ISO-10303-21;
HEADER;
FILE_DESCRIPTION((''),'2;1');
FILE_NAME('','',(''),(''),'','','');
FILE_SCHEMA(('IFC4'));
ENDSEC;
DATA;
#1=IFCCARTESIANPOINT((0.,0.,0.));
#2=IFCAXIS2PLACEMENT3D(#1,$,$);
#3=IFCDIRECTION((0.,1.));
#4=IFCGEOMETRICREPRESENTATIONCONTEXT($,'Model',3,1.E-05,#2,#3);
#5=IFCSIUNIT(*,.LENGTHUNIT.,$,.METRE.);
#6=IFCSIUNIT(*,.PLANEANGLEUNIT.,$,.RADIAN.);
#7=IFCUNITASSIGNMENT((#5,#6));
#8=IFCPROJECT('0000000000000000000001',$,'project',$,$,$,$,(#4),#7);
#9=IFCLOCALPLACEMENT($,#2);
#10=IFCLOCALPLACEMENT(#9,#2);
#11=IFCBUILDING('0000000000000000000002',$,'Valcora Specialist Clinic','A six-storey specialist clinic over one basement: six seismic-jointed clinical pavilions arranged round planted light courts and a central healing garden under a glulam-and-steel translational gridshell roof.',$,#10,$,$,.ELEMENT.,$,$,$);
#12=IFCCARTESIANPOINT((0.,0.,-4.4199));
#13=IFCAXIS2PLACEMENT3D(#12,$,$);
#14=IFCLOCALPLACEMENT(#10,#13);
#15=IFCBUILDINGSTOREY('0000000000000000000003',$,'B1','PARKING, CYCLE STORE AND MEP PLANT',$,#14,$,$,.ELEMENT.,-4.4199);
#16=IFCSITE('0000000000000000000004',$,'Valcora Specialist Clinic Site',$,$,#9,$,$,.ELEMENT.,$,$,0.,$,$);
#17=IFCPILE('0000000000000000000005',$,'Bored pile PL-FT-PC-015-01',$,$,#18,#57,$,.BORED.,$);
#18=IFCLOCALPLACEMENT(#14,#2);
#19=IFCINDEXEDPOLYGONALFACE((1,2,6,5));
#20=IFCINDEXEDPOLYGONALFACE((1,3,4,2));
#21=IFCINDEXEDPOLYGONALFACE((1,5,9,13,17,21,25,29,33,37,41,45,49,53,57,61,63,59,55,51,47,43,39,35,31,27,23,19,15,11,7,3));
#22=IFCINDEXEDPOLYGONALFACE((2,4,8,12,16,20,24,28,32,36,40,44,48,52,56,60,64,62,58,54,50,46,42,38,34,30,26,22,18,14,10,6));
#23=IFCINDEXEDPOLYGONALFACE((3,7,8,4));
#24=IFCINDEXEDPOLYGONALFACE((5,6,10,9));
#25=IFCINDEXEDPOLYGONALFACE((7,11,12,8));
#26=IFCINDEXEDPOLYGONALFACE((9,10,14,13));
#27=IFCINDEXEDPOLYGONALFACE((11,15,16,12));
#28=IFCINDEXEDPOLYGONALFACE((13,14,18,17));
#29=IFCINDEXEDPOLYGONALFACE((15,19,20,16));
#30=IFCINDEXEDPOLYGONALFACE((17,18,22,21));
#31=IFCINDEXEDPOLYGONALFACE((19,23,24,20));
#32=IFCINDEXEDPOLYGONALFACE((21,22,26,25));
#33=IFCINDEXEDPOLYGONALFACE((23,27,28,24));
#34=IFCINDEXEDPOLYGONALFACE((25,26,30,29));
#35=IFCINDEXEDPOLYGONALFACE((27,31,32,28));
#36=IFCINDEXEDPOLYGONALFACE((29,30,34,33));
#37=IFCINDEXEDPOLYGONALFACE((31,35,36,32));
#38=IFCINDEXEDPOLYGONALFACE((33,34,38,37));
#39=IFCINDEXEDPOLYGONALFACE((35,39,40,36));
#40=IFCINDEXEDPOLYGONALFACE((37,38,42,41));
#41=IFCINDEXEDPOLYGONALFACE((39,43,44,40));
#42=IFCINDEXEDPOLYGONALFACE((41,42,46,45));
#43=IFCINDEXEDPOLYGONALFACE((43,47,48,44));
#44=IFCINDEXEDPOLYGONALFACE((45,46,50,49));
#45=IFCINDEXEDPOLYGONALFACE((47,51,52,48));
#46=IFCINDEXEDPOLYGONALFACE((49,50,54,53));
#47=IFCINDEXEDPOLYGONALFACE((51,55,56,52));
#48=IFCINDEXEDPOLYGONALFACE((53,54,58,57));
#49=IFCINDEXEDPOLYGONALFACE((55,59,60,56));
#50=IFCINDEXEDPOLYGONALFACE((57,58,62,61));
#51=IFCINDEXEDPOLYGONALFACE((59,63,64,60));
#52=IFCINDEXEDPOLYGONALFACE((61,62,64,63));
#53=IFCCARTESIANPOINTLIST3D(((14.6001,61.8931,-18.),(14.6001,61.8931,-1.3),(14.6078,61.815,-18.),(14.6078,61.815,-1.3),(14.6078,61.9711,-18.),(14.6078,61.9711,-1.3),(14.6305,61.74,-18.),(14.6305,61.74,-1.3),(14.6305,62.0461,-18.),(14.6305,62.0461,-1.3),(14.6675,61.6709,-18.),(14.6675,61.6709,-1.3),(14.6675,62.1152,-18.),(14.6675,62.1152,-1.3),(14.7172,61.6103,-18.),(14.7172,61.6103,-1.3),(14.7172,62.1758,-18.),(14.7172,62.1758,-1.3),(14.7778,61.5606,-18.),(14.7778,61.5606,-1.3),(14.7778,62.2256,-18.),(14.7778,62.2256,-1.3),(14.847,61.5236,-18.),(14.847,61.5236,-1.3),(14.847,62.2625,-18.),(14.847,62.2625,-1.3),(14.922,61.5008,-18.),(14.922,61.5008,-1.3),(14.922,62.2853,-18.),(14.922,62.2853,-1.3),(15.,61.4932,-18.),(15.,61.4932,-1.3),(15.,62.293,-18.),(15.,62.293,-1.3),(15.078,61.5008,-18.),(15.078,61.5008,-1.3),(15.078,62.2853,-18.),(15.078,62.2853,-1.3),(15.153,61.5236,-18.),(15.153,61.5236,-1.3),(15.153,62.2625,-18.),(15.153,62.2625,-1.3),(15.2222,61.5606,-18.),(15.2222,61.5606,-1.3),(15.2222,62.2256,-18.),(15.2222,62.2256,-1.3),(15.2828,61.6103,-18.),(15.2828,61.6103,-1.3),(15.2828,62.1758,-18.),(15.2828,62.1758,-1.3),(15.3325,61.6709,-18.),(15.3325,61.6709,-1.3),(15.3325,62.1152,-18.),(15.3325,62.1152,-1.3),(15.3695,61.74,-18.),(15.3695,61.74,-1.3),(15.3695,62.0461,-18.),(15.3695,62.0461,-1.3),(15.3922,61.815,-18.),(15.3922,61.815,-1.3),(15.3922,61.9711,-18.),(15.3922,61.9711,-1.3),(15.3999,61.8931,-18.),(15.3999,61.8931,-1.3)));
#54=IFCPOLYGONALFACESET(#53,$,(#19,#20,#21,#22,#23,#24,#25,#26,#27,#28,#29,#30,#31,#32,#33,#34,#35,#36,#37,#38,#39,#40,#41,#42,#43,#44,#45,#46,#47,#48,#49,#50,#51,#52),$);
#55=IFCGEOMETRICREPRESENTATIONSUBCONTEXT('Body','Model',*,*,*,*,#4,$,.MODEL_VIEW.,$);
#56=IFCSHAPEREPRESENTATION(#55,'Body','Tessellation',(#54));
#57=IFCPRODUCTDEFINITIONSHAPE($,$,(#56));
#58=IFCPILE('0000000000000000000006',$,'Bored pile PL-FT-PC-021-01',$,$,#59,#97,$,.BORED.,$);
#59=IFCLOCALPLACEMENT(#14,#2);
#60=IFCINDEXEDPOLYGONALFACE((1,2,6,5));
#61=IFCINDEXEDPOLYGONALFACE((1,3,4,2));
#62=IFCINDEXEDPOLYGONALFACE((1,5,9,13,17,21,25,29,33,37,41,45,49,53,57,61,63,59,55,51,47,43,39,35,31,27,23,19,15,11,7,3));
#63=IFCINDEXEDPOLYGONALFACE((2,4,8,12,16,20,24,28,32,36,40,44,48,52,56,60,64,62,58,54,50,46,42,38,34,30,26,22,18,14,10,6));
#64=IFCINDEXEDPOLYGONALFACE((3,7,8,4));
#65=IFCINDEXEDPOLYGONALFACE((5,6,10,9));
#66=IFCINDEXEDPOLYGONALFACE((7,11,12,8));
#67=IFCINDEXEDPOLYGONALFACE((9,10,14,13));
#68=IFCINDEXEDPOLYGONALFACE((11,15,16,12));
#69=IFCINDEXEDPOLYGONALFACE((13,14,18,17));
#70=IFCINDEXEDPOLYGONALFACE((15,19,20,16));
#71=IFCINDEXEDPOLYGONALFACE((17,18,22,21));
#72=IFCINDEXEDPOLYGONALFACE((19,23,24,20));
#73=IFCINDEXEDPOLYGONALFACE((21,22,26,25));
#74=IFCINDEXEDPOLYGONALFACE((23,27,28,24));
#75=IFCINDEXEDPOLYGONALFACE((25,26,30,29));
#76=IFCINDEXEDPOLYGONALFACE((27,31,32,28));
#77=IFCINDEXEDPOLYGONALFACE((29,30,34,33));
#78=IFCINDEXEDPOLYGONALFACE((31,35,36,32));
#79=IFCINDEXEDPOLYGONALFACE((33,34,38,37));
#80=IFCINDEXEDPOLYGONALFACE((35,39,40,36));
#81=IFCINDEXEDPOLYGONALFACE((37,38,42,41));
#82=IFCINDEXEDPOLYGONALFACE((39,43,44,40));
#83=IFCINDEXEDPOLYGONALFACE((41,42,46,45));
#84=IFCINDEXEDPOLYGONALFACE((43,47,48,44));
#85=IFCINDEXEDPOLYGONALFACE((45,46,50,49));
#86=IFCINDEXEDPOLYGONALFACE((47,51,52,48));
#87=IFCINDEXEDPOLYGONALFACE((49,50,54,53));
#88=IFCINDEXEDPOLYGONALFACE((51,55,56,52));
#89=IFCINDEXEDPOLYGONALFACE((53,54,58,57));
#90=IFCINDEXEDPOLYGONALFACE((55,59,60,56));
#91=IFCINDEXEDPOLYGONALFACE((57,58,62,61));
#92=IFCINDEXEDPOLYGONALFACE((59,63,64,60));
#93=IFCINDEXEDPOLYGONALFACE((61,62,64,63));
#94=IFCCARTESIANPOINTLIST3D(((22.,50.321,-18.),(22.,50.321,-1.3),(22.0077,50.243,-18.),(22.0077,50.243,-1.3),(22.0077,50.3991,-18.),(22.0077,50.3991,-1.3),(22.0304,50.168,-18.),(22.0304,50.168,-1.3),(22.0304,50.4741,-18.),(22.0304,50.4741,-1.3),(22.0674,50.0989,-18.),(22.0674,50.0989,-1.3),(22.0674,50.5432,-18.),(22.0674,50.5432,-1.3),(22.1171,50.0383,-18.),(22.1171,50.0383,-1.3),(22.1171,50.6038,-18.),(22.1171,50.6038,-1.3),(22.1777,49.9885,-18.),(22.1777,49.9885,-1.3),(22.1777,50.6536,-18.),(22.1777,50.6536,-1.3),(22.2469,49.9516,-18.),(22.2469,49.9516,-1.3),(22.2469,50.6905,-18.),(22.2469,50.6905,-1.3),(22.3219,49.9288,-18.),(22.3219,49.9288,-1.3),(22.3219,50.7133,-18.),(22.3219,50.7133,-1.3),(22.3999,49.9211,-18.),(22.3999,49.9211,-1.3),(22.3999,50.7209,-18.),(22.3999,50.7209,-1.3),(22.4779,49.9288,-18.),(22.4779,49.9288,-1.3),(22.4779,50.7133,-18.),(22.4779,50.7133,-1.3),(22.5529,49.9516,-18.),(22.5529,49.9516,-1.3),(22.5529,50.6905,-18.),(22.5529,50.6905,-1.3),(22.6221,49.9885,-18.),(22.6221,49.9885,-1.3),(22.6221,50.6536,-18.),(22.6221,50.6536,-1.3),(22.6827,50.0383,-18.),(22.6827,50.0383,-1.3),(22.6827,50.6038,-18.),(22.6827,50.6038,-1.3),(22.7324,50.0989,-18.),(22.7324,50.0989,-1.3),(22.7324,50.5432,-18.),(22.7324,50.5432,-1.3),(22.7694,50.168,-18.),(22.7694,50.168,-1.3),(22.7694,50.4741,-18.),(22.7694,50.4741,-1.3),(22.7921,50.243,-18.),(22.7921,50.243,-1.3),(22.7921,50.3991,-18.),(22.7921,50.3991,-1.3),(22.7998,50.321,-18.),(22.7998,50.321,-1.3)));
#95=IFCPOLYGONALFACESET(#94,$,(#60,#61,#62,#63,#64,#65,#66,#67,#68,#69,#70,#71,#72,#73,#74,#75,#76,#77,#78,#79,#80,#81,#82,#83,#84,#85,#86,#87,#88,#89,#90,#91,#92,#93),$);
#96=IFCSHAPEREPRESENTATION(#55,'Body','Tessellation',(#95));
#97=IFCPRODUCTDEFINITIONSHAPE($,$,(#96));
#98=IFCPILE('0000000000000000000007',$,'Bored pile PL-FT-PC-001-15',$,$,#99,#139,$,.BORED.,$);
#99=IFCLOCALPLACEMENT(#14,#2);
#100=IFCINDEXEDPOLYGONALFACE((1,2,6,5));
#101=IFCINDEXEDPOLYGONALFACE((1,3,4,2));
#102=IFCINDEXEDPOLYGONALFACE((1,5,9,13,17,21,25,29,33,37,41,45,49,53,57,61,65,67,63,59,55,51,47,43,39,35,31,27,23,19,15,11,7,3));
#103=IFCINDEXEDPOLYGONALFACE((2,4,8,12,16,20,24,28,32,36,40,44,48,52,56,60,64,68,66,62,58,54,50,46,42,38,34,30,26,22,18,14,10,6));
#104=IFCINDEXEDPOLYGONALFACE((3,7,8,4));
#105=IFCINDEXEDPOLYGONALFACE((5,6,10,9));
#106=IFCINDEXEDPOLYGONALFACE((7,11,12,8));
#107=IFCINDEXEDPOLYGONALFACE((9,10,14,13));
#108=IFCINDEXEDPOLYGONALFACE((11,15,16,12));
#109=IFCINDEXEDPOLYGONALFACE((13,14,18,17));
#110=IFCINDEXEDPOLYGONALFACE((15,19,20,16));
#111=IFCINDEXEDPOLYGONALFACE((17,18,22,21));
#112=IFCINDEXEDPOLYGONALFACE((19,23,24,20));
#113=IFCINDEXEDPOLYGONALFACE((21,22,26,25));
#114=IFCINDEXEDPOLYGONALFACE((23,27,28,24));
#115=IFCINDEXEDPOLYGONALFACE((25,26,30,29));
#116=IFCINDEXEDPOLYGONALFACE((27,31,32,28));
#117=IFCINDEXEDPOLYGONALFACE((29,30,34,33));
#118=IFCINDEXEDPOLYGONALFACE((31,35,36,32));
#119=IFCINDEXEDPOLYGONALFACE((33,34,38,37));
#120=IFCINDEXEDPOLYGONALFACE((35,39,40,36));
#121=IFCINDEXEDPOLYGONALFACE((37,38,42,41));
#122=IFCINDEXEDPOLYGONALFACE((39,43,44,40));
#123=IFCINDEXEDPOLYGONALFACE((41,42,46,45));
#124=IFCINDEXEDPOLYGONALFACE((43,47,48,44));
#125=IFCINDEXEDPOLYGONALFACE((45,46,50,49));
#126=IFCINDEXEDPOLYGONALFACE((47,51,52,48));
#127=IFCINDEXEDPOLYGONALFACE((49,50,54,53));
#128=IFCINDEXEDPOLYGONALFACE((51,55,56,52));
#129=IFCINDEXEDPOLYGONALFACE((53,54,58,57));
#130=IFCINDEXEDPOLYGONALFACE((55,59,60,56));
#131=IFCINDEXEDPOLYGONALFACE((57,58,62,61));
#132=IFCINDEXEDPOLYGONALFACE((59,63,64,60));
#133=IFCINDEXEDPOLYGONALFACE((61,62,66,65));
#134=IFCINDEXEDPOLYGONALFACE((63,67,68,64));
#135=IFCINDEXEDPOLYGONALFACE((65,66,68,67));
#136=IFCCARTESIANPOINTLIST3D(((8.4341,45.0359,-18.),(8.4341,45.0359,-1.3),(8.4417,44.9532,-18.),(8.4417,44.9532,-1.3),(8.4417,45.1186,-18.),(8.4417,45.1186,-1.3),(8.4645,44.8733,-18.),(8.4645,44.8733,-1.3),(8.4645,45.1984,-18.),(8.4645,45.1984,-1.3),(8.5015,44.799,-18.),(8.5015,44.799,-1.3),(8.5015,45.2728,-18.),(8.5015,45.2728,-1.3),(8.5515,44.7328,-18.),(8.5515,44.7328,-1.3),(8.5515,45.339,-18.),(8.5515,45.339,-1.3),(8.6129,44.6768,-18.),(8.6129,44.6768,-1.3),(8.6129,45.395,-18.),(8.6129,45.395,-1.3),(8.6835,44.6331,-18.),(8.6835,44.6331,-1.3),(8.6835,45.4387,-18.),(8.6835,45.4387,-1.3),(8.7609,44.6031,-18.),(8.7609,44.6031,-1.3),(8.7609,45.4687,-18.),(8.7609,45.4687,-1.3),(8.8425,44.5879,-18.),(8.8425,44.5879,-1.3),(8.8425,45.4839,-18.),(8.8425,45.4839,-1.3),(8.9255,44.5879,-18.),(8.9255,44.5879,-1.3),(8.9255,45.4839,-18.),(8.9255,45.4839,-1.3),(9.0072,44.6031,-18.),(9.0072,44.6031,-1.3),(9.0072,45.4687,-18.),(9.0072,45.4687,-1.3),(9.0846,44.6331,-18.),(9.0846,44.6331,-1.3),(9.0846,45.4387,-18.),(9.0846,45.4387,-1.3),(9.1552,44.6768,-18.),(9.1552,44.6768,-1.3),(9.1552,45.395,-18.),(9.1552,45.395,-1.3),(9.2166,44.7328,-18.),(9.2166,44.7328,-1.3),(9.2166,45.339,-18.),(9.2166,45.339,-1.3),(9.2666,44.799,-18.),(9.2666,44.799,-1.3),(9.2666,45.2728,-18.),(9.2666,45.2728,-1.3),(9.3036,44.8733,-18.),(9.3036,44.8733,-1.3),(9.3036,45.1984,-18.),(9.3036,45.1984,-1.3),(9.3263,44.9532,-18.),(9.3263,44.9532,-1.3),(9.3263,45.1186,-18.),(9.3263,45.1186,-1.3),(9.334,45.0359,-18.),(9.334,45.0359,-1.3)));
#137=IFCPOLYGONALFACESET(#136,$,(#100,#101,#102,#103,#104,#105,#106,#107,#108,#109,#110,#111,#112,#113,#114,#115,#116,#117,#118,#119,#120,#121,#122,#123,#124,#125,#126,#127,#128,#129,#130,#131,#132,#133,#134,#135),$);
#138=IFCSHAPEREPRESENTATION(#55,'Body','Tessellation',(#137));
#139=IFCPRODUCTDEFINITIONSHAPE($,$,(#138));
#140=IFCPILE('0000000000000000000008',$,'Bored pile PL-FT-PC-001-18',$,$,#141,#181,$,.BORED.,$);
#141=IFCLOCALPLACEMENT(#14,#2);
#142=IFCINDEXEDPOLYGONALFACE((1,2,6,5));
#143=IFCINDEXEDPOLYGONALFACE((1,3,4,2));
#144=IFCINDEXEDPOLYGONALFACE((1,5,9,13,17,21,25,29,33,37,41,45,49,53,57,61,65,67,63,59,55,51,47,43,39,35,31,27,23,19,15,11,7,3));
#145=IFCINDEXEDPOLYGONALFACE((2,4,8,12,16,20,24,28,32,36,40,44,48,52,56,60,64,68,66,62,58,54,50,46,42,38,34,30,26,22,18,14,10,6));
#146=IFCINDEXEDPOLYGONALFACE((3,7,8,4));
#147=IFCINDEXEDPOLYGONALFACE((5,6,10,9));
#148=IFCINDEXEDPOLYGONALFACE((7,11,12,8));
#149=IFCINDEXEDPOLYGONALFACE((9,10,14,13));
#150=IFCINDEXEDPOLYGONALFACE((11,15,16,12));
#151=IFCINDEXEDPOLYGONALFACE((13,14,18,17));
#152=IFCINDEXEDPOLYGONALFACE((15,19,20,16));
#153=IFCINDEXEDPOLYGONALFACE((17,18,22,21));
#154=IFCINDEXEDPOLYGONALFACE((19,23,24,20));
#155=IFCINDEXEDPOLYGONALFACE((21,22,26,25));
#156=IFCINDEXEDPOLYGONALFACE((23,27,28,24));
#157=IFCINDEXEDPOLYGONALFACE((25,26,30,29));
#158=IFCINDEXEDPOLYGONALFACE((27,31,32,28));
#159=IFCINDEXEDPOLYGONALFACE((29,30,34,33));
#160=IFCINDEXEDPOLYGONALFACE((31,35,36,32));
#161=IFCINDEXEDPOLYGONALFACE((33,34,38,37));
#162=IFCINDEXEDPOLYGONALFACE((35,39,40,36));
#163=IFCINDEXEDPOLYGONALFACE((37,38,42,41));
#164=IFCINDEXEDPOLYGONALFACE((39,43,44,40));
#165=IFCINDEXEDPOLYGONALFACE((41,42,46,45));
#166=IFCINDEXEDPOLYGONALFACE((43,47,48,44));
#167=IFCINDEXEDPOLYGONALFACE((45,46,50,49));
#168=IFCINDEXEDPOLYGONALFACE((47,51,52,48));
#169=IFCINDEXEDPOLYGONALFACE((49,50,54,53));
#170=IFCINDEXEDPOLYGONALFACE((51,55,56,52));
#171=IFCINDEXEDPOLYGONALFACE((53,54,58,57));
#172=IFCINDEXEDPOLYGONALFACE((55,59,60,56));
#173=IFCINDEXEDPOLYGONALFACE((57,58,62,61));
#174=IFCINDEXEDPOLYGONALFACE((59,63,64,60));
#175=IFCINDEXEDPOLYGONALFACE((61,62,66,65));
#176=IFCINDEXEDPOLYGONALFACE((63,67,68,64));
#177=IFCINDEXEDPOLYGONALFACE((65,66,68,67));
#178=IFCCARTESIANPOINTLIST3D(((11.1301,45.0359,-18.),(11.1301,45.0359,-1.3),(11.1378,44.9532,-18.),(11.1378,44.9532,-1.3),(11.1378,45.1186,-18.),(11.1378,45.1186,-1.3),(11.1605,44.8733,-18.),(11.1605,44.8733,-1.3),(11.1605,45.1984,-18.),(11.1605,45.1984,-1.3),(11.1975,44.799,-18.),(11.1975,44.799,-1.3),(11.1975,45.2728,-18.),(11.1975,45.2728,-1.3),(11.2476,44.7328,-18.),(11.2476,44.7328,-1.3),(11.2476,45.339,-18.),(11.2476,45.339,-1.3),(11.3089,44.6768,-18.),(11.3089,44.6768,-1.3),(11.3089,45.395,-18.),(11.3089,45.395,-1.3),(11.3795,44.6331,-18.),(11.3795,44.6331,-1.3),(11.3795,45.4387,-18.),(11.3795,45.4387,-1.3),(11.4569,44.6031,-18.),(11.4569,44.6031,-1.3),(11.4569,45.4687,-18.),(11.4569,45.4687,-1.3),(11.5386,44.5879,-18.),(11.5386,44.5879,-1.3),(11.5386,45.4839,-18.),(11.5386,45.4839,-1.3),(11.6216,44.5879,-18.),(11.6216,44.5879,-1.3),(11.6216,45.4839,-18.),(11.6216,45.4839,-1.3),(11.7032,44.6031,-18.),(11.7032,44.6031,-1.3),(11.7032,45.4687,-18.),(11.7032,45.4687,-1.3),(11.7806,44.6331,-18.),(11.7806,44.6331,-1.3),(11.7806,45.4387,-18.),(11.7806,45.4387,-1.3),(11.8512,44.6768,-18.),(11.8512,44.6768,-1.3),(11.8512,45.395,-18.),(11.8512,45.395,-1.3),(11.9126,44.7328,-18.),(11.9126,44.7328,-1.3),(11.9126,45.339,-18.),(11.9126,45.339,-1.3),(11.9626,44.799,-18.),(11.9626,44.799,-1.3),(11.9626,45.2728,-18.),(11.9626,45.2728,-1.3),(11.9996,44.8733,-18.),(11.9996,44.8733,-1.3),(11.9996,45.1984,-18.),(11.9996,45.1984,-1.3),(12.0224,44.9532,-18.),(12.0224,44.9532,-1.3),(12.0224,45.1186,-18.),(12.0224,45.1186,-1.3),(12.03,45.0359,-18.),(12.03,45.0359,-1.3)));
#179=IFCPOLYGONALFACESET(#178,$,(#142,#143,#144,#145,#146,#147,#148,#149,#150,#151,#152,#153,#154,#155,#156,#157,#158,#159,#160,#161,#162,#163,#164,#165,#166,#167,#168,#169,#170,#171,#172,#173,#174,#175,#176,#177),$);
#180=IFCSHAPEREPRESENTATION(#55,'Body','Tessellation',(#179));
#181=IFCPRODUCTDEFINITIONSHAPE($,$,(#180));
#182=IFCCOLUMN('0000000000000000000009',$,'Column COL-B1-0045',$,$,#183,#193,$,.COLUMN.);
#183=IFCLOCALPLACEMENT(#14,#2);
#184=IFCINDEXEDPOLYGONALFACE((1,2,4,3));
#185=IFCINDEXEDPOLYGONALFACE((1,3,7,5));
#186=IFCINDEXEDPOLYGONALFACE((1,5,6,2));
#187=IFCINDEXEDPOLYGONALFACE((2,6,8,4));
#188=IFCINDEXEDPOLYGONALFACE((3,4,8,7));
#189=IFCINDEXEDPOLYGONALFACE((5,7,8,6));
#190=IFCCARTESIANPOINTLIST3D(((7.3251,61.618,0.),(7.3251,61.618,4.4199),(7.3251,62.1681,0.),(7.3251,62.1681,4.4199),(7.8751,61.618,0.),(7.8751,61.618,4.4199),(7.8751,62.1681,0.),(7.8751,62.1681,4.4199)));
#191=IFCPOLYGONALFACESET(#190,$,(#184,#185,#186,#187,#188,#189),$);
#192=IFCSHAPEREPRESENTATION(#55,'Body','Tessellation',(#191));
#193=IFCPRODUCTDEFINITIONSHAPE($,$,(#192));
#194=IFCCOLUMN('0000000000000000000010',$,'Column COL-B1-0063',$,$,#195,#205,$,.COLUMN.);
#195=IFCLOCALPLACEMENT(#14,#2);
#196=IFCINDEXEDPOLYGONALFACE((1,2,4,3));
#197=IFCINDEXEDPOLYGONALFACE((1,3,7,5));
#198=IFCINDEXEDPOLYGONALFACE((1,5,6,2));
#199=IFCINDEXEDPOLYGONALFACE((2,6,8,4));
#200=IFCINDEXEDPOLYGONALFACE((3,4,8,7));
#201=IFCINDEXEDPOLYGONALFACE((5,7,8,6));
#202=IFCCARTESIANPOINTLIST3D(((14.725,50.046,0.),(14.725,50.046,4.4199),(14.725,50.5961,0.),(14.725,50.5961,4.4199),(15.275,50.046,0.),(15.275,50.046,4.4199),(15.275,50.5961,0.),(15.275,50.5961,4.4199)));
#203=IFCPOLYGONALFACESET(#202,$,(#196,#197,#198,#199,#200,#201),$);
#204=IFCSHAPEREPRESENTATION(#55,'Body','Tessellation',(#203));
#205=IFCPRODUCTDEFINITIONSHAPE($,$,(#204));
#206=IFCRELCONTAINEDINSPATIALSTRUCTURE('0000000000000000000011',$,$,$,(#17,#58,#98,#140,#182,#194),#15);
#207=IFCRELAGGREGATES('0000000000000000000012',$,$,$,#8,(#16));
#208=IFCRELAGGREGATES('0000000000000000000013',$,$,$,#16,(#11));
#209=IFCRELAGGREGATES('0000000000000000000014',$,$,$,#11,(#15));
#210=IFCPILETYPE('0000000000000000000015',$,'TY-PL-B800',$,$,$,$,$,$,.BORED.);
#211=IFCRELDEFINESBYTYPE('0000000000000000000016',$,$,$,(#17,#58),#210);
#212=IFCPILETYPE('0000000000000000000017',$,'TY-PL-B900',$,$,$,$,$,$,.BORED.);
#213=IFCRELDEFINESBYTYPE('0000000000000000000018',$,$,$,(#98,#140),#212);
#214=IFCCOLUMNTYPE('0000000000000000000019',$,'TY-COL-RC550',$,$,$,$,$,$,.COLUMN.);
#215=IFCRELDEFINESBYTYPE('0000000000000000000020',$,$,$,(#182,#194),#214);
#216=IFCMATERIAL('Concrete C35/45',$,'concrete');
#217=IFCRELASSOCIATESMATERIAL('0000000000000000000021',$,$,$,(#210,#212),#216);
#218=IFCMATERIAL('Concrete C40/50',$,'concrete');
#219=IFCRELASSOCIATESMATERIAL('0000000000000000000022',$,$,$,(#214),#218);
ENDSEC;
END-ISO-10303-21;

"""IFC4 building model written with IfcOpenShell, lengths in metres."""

from ifc_helpers import new_model, si_unit, direction, frame, origin, origin_2d, place, context, subcontext, project, spatial, rectangle, circle, extrude, material, material_profile, profile_set, type_object, element, save


model = new_model("IFC4")

# Units and contexts
model_context = context("Model", 3, precision=1e-05, world=origin(), true_north=direction((0.0, 1.0)))
body_context = subcontext(model_context, "Body", "Model", "MODEL_VIEW")
ifc_project = project(units=[si_unit("LENGTHUNIT", "METRE"), si_unit("PLANEANGLEUNIT", "RADIAN")], contexts=[model_context])

# Site, building, storey
site_placement = place(None, origin())
site = spatial("IfcSite", under=ifc_project, at=site_placement, Name="Valcora Specialist Clinic Site", CompositionType="ELEMENT", RefElevation=0.0)
building_placement = place(site_placement, origin())
building = spatial("IfcBuilding", under=site, at=building_placement, Name="Valcora Specialist Clinic", Description="A six-storey specialist clinic over one basement: six seismic-jointed clinical pavilions arranged round planted light courts and a central healing garden under a glulam-and-steel translational gridshell roof.", CompositionType="ELEMENT")
storey_placement = place(building_placement, frame((0.0, 0.0, -4.4199)))
storey = spatial("IfcBuildingStorey", under=building, at=storey_placement, Name="B1", Description="PARKING, CYCLE STORE AND MEP PLANT", CompositionType="ELEMENT", Elevation=-4.4199)

# Shared definitions
ifc_material_1 = material(Name="Concrete C35/45", Category="concrete")

# Piles
ifc_material_profile_1 = material_profile(ifc_material_1, circle(Radius=0.3999, at=origin_2d()), Name="RC-PIL-D800")
ifc_profile_set_1 = profile_set([ifc_material_profile_1], Name="Concrete C35/45")
pile_type_1 = type_object("IfcPileType", Name="TY-PL-B800", PredefinedType="BORED", material=ifc_profile_set_1)
for number, where, z_axis, x_axis, name in (
    (1, (15.0, 61.8931, -1.3), (0.0, 0.0, -1.0), (1.0, 0.0, 0.0), "Bored pile PL-FT-PC-015-01"),
    (2, (22.3999, 50.321, -1.3), (0.0, 0.0, -1.0), (1.0, 0.0, 0.0), "Bored pile PL-FT-PC-021-01"),
):
    element("IfcPile", number, at=place(storey_placement, frame(where, z_axis=z_axis, x_axis=x_axis)), inside=storey, type_object=pile_type_1, Name=name, PredefinedType="BORED", context=body_context, shape_type="SweptSolid", body=[
        extrude(circle(Radius=0.3999, at=origin_2d()), origin(), (0.0, 0.0, 1.0), 16.7),
    ])
ifc_material_profile_2 = material_profile(ifc_material_1, circle(Radius=0.45, at=origin_2d()), Name="RC-PIL-D900")
ifc_profile_set_2 = profile_set([ifc_material_profile_2], Name="Concrete C35/45")
pile_type_2 = type_object("IfcPileType", Name="TY-PL-B900", PredefinedType="BORED", material=ifc_profile_set_2)
for number, where, z_axis, x_axis, name in (
    (3, (8.884, 45.0359, -1.3), (0.0, 0.0, -1.0), (1.0, 0.0, 0.0), "Bored pile PL-FT-PC-001-15"),
    (4, (11.5801, 45.0359, -1.3), (0.0, 0.0, -1.0), (1.0, 0.0, 0.0), "Bored pile PL-FT-PC-001-18"),
):
    element("IfcPile", number, at=place(storey_placement, frame(where, z_axis=z_axis, x_axis=x_axis)), inside=storey, type_object=pile_type_2, Name=name, PredefinedType="BORED", context=body_context, shape_type="SweptSolid", body=[
        extrude(circle(Radius=0.45, at=origin_2d()), origin(), (0.0, 0.0, 1.0), 16.7),
    ])

# Columns
ifc_material_2 = material(Name="Concrete C40/50", Category="concrete")
ifc_material_profile_3 = material_profile(ifc_material_2, rectangle(XDim=0.55, YDim=0.55, at=origin_2d()), Name="RC-COL-550X550")
ifc_profile_set_3 = profile_set([ifc_material_profile_3], Name="Concrete C40/50")
column_type = type_object("IfcColumnType", Name="TY-COL-RC550", PredefinedType="COLUMN", material=ifc_profile_set_3)
for number, where, z_axis, x_axis, name in (
    (5, (7.6001, 61.8931, 0.0), (0.0, 0.0, 1.0), (1.0, 0.0, 0.0), "Column COL-B1-0045"),
    (6, (15.0, 50.321, 0.0), (0.0, 0.0, 1.0), (1.0, 0.0, 0.0), "Column COL-B1-0063"),
):
    element("IfcColumn", number, at=place(storey_placement, frame(where, z_axis=z_axis, x_axis=x_axis)), inside=storey, type_object=column_type, Name=name, PredefinedType="COLUMN", context=body_context, shape_type="SweptSolid", body=[
        extrude(rectangle(XDim=0.55, YDim=0.55, at=origin_2d()), origin(), (0.0, 0.0, 1.0), 4.4199),
    ])

save(model, "model.ifc")
